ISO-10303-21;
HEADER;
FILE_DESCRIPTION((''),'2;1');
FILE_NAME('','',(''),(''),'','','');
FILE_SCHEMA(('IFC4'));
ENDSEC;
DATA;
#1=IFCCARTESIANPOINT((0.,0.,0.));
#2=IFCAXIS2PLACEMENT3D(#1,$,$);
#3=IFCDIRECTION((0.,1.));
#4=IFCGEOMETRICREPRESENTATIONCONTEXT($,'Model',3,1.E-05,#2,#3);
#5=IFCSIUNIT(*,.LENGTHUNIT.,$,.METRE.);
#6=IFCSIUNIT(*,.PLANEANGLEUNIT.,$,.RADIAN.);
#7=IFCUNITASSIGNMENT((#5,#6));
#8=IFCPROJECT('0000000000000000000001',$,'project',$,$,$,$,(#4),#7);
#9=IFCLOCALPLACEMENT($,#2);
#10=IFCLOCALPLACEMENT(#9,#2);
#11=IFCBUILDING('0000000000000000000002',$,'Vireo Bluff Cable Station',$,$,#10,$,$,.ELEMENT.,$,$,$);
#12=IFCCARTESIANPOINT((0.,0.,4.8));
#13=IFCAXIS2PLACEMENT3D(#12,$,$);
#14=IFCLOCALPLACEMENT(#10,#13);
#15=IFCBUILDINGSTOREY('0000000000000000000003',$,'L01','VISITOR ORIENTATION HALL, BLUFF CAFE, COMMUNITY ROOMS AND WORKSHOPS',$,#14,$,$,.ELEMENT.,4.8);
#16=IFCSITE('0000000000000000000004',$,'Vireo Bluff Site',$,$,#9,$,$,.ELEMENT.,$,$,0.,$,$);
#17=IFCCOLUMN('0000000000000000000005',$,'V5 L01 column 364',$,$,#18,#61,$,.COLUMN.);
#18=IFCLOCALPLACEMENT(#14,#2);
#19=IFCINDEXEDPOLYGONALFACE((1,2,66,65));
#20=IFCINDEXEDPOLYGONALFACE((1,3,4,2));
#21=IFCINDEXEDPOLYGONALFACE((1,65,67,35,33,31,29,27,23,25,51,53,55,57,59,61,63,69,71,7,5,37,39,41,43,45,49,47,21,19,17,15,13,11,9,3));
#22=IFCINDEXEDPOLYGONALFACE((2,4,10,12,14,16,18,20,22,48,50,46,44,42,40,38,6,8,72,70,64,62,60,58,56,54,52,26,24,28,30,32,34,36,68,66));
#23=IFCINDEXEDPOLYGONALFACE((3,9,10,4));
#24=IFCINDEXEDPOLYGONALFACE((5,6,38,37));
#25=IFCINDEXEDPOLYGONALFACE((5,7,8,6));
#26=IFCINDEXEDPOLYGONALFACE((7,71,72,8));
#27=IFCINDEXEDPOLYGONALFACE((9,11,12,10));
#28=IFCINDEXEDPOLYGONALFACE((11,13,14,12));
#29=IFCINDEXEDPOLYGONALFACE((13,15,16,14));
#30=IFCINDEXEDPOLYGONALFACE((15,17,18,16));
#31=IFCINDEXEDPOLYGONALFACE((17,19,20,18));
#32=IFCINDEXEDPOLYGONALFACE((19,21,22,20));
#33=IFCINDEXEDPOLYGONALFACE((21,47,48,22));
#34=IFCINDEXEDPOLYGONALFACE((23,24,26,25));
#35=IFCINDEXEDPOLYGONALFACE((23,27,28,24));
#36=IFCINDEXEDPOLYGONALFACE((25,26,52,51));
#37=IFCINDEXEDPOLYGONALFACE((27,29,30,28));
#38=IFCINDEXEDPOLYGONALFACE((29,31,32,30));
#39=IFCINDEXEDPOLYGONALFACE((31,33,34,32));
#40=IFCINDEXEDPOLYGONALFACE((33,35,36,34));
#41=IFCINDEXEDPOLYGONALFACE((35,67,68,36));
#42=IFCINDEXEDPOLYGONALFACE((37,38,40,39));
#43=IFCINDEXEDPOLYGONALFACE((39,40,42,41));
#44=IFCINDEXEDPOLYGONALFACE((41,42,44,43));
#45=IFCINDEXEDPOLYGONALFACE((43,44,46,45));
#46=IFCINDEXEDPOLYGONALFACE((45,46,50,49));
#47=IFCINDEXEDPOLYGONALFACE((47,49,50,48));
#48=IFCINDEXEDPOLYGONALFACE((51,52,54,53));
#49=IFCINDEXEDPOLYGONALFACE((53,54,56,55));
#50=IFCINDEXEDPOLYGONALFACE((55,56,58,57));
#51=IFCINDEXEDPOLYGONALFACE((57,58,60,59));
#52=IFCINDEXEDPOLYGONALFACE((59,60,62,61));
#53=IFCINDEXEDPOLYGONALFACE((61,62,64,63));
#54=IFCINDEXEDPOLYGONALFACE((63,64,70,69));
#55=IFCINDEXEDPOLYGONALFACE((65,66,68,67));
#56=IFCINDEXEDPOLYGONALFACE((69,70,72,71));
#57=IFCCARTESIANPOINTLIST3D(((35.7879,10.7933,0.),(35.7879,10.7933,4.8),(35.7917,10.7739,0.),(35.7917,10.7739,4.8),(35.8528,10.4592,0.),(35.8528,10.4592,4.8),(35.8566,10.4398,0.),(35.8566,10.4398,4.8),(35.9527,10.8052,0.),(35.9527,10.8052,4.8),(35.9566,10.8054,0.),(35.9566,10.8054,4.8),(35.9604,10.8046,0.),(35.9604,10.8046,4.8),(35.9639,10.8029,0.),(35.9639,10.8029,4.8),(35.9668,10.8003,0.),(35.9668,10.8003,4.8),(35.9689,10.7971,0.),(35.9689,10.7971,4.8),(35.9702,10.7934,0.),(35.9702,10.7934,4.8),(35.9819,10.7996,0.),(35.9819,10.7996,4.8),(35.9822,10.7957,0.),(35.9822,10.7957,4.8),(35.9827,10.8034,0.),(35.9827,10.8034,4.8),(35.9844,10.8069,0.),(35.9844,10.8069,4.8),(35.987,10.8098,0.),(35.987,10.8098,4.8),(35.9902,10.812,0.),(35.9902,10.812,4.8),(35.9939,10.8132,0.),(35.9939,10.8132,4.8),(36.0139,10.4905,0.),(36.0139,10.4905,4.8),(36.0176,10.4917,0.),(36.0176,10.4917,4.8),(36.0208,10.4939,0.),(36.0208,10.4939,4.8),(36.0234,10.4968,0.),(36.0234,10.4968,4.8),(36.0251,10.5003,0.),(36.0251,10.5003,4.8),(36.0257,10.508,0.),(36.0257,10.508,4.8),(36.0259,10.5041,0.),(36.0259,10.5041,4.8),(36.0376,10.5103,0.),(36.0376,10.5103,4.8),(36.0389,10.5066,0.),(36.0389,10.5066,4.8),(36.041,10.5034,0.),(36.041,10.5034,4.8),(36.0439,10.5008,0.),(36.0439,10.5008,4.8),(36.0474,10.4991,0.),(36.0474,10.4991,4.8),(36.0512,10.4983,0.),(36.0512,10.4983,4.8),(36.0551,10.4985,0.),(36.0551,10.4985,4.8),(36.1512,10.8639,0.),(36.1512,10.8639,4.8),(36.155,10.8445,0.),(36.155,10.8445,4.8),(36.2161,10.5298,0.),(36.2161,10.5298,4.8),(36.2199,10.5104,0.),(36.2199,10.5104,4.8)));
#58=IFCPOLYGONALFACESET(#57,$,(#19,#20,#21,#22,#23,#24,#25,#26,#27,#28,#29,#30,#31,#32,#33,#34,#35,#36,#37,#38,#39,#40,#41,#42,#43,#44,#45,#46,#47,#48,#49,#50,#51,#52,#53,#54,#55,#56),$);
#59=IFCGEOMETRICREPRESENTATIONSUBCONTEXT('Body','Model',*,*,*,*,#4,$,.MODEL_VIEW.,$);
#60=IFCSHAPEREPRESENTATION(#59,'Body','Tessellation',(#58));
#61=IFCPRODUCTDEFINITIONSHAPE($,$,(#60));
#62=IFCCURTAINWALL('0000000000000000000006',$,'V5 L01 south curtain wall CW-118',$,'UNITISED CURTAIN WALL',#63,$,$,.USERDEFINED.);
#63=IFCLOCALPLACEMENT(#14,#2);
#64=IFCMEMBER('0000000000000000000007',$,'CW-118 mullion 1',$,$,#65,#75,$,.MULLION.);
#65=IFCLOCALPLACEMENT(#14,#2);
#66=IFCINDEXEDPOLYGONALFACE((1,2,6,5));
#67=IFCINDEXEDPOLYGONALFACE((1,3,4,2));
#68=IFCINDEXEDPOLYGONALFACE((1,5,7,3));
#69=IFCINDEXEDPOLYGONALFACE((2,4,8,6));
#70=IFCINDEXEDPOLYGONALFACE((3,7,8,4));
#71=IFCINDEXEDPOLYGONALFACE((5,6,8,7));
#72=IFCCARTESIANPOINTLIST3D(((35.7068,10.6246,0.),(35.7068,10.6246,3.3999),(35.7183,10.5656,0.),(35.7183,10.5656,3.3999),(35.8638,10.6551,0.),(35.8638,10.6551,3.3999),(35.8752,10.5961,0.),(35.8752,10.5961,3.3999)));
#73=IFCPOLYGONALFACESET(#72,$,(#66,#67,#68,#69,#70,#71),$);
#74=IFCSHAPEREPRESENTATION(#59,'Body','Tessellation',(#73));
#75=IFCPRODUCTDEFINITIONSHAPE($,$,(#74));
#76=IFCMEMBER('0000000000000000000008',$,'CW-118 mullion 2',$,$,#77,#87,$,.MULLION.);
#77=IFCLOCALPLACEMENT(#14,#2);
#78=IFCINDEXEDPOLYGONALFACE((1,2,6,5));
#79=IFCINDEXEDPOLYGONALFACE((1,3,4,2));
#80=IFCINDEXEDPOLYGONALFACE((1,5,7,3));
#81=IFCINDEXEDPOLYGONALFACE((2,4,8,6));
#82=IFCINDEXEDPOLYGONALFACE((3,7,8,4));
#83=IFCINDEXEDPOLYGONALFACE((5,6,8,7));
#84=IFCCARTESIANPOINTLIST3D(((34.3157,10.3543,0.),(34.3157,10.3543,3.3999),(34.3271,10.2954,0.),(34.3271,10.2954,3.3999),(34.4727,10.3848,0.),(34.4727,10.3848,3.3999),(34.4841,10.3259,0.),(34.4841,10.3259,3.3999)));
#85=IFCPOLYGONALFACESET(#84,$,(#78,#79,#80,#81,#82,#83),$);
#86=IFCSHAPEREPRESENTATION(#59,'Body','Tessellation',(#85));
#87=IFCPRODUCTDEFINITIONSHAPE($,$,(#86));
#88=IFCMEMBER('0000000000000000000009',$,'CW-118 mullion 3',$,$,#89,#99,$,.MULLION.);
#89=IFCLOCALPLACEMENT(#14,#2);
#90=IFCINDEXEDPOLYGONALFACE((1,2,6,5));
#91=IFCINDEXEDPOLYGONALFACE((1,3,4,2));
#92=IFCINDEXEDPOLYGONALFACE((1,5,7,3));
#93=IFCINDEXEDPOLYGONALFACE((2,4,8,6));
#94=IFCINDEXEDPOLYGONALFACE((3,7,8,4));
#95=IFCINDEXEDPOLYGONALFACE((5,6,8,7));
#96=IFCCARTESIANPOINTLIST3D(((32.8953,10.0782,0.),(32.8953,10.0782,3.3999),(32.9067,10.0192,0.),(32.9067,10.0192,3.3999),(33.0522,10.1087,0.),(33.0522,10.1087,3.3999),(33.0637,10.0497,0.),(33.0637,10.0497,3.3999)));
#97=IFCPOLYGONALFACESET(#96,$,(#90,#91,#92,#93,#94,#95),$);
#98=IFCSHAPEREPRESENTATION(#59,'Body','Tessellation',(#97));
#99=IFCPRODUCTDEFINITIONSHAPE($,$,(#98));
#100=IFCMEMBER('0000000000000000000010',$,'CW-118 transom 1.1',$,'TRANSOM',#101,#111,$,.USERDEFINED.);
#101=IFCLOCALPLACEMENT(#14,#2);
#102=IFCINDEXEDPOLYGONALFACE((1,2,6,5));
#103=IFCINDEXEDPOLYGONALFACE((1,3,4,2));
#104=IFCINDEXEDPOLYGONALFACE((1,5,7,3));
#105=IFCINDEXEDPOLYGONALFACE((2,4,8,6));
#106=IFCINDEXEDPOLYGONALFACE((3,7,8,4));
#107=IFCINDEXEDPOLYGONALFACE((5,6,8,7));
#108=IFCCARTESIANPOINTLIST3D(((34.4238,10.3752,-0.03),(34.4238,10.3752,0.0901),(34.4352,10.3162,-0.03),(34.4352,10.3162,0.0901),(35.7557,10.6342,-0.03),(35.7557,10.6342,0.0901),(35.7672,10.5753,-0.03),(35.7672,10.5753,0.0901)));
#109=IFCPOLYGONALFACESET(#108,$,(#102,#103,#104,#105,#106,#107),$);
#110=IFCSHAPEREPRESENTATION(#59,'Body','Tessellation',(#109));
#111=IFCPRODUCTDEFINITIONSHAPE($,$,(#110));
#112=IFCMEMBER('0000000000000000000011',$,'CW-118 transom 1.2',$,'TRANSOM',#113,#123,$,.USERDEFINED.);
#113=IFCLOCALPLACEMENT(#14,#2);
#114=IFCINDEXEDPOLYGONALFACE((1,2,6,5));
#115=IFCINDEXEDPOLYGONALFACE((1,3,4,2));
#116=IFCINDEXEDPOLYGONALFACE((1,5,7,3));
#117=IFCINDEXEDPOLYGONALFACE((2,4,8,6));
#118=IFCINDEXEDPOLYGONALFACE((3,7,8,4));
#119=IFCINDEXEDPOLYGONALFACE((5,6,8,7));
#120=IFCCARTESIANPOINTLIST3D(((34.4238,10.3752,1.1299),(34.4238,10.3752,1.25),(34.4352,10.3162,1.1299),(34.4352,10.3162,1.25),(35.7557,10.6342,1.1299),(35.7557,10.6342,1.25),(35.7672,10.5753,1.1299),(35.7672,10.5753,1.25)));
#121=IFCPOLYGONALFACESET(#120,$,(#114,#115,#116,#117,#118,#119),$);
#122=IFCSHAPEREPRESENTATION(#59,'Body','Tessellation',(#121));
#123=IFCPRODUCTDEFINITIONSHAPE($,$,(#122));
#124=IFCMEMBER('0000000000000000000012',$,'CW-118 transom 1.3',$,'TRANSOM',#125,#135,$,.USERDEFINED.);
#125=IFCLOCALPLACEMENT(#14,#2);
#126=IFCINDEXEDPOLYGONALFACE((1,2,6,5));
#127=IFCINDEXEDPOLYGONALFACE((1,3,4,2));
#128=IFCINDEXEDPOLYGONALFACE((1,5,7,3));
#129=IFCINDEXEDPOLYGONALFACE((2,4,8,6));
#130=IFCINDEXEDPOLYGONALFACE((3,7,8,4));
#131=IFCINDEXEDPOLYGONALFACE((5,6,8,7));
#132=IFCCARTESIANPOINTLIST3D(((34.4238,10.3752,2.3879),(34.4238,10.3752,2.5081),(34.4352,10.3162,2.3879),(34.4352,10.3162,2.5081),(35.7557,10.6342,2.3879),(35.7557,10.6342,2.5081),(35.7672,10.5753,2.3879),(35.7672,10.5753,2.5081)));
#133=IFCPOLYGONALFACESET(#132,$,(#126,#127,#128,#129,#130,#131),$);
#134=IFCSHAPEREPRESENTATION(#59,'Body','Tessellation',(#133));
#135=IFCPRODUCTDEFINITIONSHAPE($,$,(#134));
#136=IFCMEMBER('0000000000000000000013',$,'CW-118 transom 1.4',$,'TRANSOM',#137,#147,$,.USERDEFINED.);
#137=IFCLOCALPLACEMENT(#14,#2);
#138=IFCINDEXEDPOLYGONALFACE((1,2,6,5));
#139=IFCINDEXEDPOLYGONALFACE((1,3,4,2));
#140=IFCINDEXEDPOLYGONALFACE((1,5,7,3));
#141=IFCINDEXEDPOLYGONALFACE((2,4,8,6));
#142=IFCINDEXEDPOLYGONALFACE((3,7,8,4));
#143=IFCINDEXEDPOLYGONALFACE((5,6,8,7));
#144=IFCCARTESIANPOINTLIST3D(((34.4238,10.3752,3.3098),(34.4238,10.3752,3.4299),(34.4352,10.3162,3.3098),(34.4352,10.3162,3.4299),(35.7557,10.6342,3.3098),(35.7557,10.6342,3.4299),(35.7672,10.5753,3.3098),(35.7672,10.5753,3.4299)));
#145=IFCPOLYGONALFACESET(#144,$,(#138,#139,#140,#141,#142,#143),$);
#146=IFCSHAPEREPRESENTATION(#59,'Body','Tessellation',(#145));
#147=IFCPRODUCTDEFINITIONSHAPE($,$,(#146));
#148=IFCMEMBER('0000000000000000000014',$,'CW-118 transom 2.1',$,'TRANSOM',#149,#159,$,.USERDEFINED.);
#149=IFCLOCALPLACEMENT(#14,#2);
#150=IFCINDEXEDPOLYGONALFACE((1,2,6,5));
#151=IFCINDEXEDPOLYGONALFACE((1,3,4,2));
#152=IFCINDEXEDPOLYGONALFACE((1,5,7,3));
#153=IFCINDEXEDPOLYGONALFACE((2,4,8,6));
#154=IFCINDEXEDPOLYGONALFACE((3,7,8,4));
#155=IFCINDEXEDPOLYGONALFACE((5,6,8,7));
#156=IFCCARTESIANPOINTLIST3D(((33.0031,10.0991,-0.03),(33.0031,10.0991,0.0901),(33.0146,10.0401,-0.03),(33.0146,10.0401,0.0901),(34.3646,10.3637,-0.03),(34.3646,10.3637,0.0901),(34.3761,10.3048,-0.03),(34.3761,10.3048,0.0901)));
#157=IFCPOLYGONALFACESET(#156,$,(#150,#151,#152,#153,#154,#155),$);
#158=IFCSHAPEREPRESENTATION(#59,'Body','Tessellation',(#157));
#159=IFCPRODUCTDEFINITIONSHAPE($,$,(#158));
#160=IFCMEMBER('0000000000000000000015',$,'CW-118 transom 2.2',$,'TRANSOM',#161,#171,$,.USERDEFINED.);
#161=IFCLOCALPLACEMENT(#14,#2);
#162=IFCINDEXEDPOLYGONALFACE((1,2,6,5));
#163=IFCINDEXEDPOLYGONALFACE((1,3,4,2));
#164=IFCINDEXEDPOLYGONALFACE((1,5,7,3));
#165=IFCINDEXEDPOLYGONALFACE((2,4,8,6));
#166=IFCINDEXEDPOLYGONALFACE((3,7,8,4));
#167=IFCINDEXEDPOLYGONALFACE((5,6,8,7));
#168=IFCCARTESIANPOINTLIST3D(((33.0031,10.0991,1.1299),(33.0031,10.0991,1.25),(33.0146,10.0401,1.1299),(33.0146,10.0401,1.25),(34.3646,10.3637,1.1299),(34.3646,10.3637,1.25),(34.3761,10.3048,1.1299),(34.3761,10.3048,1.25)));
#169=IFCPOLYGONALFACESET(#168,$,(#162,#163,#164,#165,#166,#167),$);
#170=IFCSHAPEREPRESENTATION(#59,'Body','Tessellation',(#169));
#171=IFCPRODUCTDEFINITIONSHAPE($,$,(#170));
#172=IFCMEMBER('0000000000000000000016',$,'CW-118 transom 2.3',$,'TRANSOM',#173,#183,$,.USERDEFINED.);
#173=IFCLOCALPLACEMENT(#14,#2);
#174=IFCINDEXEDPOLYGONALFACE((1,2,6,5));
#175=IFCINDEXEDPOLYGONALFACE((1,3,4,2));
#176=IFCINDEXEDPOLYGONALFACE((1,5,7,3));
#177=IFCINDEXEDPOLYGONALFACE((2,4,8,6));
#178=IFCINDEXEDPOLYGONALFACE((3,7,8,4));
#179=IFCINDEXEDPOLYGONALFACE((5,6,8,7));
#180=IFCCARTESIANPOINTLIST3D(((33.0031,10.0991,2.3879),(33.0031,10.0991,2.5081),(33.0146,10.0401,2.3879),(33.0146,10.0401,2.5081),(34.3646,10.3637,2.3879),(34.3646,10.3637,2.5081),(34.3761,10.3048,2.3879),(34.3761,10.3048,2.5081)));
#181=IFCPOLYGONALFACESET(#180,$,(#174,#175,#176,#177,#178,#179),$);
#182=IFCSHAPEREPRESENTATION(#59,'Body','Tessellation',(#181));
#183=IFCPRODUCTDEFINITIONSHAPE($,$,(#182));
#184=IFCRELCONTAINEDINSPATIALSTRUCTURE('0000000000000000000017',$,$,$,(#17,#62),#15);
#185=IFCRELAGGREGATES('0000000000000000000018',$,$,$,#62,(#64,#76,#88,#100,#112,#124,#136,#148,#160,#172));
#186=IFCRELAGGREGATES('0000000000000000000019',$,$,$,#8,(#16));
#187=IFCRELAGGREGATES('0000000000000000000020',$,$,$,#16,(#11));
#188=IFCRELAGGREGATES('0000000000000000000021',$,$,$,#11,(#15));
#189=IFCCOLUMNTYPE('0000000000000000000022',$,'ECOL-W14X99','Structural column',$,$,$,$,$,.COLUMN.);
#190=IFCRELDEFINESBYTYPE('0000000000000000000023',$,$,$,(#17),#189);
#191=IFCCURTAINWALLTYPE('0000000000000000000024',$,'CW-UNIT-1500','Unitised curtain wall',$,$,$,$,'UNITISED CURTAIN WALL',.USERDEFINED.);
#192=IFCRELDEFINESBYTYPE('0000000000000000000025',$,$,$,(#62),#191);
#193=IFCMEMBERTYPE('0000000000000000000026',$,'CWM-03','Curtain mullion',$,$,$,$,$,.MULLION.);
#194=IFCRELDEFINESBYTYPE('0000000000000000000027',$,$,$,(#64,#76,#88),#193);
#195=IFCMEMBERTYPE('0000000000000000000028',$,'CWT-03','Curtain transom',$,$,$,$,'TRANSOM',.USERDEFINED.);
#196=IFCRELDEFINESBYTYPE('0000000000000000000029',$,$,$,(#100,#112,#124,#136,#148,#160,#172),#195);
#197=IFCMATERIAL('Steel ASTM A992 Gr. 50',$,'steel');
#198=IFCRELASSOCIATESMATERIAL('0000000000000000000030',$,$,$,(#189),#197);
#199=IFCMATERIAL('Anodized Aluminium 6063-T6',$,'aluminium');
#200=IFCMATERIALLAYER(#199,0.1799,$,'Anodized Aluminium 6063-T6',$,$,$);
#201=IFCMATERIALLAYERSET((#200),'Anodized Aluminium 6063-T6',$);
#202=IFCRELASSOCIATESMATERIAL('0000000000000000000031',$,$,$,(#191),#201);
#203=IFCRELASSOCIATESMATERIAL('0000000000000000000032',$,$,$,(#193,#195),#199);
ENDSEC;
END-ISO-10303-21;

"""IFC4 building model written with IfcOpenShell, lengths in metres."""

from ifc_helpers import new_model, si_unit, direction, frame, origin, origin_2d, place, context, subcontext, project, spatial, rectangle, i_section, extrude, material, layer, layer_set, material_profile, profile_set, type_object, element, aggregate, save


model = new_model("IFC4")

# Units and contexts
model_context = context("Model", 3, precision=1e-05, world=origin(), true_north=direction((0.0, 1.0)))
body_context = subcontext(model_context, "Body", "Model", "MODEL_VIEW")
ifc_project = project(units=[si_unit("LENGTHUNIT", "METRE"), si_unit("PLANEANGLEUNIT", "RADIAN")], contexts=[model_context])

# Site, building, storey
site_placement = place(None, origin())
site = spatial("IfcSite", under=ifc_project, at=site_placement, Name="Vireo Bluff Site", CompositionType="ELEMENT", RefElevation=0.0)
building_placement = place(site_placement, origin())
building = spatial("IfcBuilding", under=site, at=building_placement, Name="Vireo Bluff Cable Station", CompositionType="ELEMENT")
storey_placement = place(building_placement, frame((0.0, 0.0, 4.8)))
storey = spatial("IfcBuildingStorey", under=building, at=storey_placement, Name="L01", Description="VISITOR ORIENTATION HALL, BLUFF CAFE, COMMUNITY ROOMS AND WORKSHOPS", CompositionType="ELEMENT", Elevation=4.8)

# Column
ifc_material_1 = material(Name="Steel ASTM A992 Gr. 50", Category="steel")
ifc_material_profile_1 = material_profile(ifc_material_1, i_section(OverallWidth=0.3701, OverallDepth=0.3601, WebThickness=0.0122, FlangeThickness=0.0198, FilletRadius=0.0149, at=origin_2d()), Name="W14X99")
ifc_profile_set_1 = profile_set([ifc_material_profile_1], Name="Steel ASTM A992 Gr. 50")
column_type = type_object("IfcColumnType", Name="ECOL-W14X99", Description="Structural column", PredefinedType="COLUMN", material=ifc_profile_set_1)
column_placement = place(storey_placement, frame((36.0039, 10.6519, 0.0), z_axis=(0.0, 0.0, 1.0), x_axis=(0.981627, 0.190809, 0.0)))
element("IfcColumn", 1, at=column_placement, inside=storey, type_object=column_type, Name="V5 L01 column 364", PredefinedType="COLUMN", context=body_context, shape_type="SweptSolid", body=[
    extrude(i_section(OverallWidth=0.3701, OverallDepth=0.3601, WebThickness=0.0122, FlangeThickness=0.0198, FilletRadius=0.0149, at=origin_2d()), origin(), (0.0, 0.0, 1.0), 4.8),
])

# Curtain wall, members
ifc_material_2 = material(Name="Anodized Aluminium 6063-T6", Category="aluminium")
ifc_layer_1 = layer(ifc_material_2, 0.1799, Name="Anodized Aluminium 6063-T6")
ifc_layer_set_1 = layer_set([ifc_layer_1], Name="Anodized Aluminium 6063-T6")
curtain_wall_type = type_object("IfcCurtainWallType", Name="CW-UNIT-1500", Description="Unitised curtain wall", ElementType="UNITISED CURTAIN WALL", PredefinedType="USERDEFINED", material=ifc_layer_set_1)
curtain_wall_placement = place(storey_placement, origin())
curtain_wall = element("IfcCurtainWall", 2, at=curtain_wall_placement, inside=storey, type_object=curtain_wall_type, Name="V5 L01 south curtain wall CW-118", ObjectType="UNITISED CURTAIN WALL", PredefinedType="USERDEFINED")
ifc_material_profile_2 = material_profile(ifc_material_2, rectangle(XDim=0.0601, YDim=0.1599, at=origin_2d()), Name="ALU-M-60X160")
ifc_profile_set_2 = profile_set([ifc_material_profile_2], Name="Anodized Aluminium 6063-T6")
member_type_1 = type_object("IfcMemberType", Name="CWM-03", Description="Curtain mullion", PredefinedType="MULLION", material=ifc_profile_set_2)
member_1_placement = place(storey_placement, frame((35.791, 10.6104, 0.0), z_axis=(0.0, 0.0, 1.0), x_axis=(0.190809, -0.981627, 0.0)))
member_1 = element("IfcMember", 3, at=member_1_placement, type_object=member_type_1, Name="CW-118 mullion 1", PredefinedType="MULLION", context=body_context, shape_type="SweptSolid", body=[
    extrude(rectangle(XDim=0.0601, YDim=0.1599, at=origin_2d()), origin(), (0.0, 0.0, 1.0), 3.3999),
])
member_2_placement = place(storey_placement, frame((34.3999, 10.3401, 0.0), z_axis=(0.0, 0.0, 1.0), x_axis=(0.190809, -0.981627, 0.0)))
member_2 = element("IfcMember", 4, at=member_2_placement, type_object=member_type_1, Name="CW-118 mullion 2", PredefinedType="MULLION", context=body_context, shape_type="SweptSolid", body=[
    extrude(rectangle(XDim=0.0601, YDim=0.1599, at=origin_2d()), origin(), (0.0, 0.0, 1.0), 3.3999),
])
member_3_placement = place(storey_placement, frame((32.9795, 10.064, 0.0), z_axis=(0.0, 0.0, 1.0), x_axis=(0.190809, -0.981627, 0.0)))
member_3 = element("IfcMember", 5, at=member_3_placement, type_object=member_type_1, Name="CW-118 mullion 3", PredefinedType="MULLION", context=body_context, shape_type="SweptSolid", body=[
    extrude(rectangle(XDim=0.0601, YDim=0.1599, at=origin_2d()), origin(), (0.0, 0.0, 1.0), 3.3999),
])
ifc_material_profile_3 = material_profile(ifc_material_2, rectangle(XDim=0.0601, YDim=0.1201, at=origin_2d()), Name="ALU-T-60X120")
ifc_profile_set_3 = profile_set([ifc_material_profile_3], Name="Anodized Aluminium 6063-T6")
member_type_2 = type_object("IfcMemberType", Name="CWT-03", Description="Curtain transom", ElementType="TRANSOM", PredefinedType="USERDEFINED", material=ifc_profile_set_3)
member_4_placement = place(storey_placement, frame((35.7615, 10.6047, 0.03), z_axis=(-0.981612, -0.190889, 0.0), x_axis=(0.190889, -0.981612, 0.0)))
member_4 = element("IfcMember", 6, at=member_4_placement, type_object=member_type_2, Name="CW-118 transom 1.1", ObjectType="TRANSOM", PredefinedType="USERDEFINED", context=body_context, shape_type="SweptSolid", body=[
    extrude(rectangle(XDim=0.0601, YDim=0.1201, at=origin_2d()), origin(), (0.0, 0.0, 1.0), 1.3569),
])
member_5_placement = place(storey_placement, frame((35.7615, 10.6047, 1.1899), z_axis=(-0.981612, -0.190889, 0.0), x_axis=(0.190889, -0.981612, 0.0)))
member_5 = element("IfcMember", 7, at=member_5_placement, type_object=member_type_2, Name="CW-118 transom 1.2", ObjectType="TRANSOM", PredefinedType="USERDEFINED", context=body_context, shape_type="SweptSolid", body=[
    extrude(rectangle(XDim=0.0601, YDim=0.1201, at=origin_2d()), origin(), (0.0, 0.0, 1.0), 1.3569),
])
member_6_placement = place(storey_placement, frame((35.7615, 10.6047, 2.448), z_axis=(-0.981612, -0.190889, 0.0), x_axis=(0.190889, -0.981612, 0.0)))
member_6 = element("IfcMember", 8, at=member_6_placement, type_object=member_type_2, Name="CW-118 transom 1.3", ObjectType="TRANSOM", PredefinedType="USERDEFINED", context=body_context, shape_type="SweptSolid", body=[
    extrude(rectangle(XDim=0.0601, YDim=0.1201, at=origin_2d()), origin(), (0.0, 0.0, 1.0), 1.3569),
])
member_7_placement = place(storey_placement, frame((35.7615, 10.6047, 3.3699), z_axis=(-0.981612, -0.190889, 0.0), x_axis=(0.190889, -0.981612, 0.0)))
member_7 = element("IfcMember", 9, at=member_7_placement, type_object=member_type_2, Name="CW-118 transom 1.4", ObjectType="TRANSOM", PredefinedType="USERDEFINED", context=body_context, shape_type="SweptSolid", body=[
    extrude(rectangle(XDim=0.0601, YDim=0.1201, at=origin_2d()), origin(), (0.0, 0.0, 1.0), 1.3569),
])
member_8_placement = place(storey_placement, frame((34.3704, 10.3342, 0.03), z_axis=(-0.981629, -0.190799, 0.0), x_axis=(0.190799, -0.981629, 0.0)))
member_8 = element("IfcMember", 10, at=member_8_placement, type_object=member_type_2, Name="CW-118 transom 2.1", ObjectType="TRANSOM", PredefinedType="USERDEFINED", context=body_context, shape_type="SweptSolid", body=[
    extrude(rectangle(XDim=0.0601, YDim=0.1201, at=origin_2d()), origin(), (0.0, 0.0, 1.0), 1.387),
])
member_9_placement = place(storey_placement, frame((34.3704, 10.3342, 1.1899), z_axis=(-0.981629, -0.190799, 0.0), x_axis=(0.190799, -0.981629, 0.0)))
member_9 = element("IfcMember", 11, at=member_9_placement, type_object=member_type_2, Name="CW-118 transom 2.2", ObjectType="TRANSOM", PredefinedType="USERDEFINED", context=body_context, shape_type="SweptSolid", body=[
    extrude(rectangle(XDim=0.0601, YDim=0.1201, at=origin_2d()), origin(), (0.0, 0.0, 1.0), 1.387),
])
member_10_placement = place(storey_placement, frame((34.3704, 10.3342, 2.448), z_axis=(-0.981629, -0.190799, 0.0), x_axis=(0.190799, -0.981629, 0.0)))
member_10 = element("IfcMember", 12, at=member_10_placement, type_object=member_type_2, Name="CW-118 transom 2.3", ObjectType="TRANSOM", PredefinedType="USERDEFINED", context=body_context, shape_type="SweptSolid", body=[
    extrude(rectangle(XDim=0.0601, YDim=0.1201, at=origin_2d()), origin(), (0.0, 0.0, 1.0), 1.387),
])

aggregate(curtain_wall, [member_1, member_2, member_3, member_4, member_5, member_6, member_7, member_8, member_9, member_10])

save(model, "model.ifc")
